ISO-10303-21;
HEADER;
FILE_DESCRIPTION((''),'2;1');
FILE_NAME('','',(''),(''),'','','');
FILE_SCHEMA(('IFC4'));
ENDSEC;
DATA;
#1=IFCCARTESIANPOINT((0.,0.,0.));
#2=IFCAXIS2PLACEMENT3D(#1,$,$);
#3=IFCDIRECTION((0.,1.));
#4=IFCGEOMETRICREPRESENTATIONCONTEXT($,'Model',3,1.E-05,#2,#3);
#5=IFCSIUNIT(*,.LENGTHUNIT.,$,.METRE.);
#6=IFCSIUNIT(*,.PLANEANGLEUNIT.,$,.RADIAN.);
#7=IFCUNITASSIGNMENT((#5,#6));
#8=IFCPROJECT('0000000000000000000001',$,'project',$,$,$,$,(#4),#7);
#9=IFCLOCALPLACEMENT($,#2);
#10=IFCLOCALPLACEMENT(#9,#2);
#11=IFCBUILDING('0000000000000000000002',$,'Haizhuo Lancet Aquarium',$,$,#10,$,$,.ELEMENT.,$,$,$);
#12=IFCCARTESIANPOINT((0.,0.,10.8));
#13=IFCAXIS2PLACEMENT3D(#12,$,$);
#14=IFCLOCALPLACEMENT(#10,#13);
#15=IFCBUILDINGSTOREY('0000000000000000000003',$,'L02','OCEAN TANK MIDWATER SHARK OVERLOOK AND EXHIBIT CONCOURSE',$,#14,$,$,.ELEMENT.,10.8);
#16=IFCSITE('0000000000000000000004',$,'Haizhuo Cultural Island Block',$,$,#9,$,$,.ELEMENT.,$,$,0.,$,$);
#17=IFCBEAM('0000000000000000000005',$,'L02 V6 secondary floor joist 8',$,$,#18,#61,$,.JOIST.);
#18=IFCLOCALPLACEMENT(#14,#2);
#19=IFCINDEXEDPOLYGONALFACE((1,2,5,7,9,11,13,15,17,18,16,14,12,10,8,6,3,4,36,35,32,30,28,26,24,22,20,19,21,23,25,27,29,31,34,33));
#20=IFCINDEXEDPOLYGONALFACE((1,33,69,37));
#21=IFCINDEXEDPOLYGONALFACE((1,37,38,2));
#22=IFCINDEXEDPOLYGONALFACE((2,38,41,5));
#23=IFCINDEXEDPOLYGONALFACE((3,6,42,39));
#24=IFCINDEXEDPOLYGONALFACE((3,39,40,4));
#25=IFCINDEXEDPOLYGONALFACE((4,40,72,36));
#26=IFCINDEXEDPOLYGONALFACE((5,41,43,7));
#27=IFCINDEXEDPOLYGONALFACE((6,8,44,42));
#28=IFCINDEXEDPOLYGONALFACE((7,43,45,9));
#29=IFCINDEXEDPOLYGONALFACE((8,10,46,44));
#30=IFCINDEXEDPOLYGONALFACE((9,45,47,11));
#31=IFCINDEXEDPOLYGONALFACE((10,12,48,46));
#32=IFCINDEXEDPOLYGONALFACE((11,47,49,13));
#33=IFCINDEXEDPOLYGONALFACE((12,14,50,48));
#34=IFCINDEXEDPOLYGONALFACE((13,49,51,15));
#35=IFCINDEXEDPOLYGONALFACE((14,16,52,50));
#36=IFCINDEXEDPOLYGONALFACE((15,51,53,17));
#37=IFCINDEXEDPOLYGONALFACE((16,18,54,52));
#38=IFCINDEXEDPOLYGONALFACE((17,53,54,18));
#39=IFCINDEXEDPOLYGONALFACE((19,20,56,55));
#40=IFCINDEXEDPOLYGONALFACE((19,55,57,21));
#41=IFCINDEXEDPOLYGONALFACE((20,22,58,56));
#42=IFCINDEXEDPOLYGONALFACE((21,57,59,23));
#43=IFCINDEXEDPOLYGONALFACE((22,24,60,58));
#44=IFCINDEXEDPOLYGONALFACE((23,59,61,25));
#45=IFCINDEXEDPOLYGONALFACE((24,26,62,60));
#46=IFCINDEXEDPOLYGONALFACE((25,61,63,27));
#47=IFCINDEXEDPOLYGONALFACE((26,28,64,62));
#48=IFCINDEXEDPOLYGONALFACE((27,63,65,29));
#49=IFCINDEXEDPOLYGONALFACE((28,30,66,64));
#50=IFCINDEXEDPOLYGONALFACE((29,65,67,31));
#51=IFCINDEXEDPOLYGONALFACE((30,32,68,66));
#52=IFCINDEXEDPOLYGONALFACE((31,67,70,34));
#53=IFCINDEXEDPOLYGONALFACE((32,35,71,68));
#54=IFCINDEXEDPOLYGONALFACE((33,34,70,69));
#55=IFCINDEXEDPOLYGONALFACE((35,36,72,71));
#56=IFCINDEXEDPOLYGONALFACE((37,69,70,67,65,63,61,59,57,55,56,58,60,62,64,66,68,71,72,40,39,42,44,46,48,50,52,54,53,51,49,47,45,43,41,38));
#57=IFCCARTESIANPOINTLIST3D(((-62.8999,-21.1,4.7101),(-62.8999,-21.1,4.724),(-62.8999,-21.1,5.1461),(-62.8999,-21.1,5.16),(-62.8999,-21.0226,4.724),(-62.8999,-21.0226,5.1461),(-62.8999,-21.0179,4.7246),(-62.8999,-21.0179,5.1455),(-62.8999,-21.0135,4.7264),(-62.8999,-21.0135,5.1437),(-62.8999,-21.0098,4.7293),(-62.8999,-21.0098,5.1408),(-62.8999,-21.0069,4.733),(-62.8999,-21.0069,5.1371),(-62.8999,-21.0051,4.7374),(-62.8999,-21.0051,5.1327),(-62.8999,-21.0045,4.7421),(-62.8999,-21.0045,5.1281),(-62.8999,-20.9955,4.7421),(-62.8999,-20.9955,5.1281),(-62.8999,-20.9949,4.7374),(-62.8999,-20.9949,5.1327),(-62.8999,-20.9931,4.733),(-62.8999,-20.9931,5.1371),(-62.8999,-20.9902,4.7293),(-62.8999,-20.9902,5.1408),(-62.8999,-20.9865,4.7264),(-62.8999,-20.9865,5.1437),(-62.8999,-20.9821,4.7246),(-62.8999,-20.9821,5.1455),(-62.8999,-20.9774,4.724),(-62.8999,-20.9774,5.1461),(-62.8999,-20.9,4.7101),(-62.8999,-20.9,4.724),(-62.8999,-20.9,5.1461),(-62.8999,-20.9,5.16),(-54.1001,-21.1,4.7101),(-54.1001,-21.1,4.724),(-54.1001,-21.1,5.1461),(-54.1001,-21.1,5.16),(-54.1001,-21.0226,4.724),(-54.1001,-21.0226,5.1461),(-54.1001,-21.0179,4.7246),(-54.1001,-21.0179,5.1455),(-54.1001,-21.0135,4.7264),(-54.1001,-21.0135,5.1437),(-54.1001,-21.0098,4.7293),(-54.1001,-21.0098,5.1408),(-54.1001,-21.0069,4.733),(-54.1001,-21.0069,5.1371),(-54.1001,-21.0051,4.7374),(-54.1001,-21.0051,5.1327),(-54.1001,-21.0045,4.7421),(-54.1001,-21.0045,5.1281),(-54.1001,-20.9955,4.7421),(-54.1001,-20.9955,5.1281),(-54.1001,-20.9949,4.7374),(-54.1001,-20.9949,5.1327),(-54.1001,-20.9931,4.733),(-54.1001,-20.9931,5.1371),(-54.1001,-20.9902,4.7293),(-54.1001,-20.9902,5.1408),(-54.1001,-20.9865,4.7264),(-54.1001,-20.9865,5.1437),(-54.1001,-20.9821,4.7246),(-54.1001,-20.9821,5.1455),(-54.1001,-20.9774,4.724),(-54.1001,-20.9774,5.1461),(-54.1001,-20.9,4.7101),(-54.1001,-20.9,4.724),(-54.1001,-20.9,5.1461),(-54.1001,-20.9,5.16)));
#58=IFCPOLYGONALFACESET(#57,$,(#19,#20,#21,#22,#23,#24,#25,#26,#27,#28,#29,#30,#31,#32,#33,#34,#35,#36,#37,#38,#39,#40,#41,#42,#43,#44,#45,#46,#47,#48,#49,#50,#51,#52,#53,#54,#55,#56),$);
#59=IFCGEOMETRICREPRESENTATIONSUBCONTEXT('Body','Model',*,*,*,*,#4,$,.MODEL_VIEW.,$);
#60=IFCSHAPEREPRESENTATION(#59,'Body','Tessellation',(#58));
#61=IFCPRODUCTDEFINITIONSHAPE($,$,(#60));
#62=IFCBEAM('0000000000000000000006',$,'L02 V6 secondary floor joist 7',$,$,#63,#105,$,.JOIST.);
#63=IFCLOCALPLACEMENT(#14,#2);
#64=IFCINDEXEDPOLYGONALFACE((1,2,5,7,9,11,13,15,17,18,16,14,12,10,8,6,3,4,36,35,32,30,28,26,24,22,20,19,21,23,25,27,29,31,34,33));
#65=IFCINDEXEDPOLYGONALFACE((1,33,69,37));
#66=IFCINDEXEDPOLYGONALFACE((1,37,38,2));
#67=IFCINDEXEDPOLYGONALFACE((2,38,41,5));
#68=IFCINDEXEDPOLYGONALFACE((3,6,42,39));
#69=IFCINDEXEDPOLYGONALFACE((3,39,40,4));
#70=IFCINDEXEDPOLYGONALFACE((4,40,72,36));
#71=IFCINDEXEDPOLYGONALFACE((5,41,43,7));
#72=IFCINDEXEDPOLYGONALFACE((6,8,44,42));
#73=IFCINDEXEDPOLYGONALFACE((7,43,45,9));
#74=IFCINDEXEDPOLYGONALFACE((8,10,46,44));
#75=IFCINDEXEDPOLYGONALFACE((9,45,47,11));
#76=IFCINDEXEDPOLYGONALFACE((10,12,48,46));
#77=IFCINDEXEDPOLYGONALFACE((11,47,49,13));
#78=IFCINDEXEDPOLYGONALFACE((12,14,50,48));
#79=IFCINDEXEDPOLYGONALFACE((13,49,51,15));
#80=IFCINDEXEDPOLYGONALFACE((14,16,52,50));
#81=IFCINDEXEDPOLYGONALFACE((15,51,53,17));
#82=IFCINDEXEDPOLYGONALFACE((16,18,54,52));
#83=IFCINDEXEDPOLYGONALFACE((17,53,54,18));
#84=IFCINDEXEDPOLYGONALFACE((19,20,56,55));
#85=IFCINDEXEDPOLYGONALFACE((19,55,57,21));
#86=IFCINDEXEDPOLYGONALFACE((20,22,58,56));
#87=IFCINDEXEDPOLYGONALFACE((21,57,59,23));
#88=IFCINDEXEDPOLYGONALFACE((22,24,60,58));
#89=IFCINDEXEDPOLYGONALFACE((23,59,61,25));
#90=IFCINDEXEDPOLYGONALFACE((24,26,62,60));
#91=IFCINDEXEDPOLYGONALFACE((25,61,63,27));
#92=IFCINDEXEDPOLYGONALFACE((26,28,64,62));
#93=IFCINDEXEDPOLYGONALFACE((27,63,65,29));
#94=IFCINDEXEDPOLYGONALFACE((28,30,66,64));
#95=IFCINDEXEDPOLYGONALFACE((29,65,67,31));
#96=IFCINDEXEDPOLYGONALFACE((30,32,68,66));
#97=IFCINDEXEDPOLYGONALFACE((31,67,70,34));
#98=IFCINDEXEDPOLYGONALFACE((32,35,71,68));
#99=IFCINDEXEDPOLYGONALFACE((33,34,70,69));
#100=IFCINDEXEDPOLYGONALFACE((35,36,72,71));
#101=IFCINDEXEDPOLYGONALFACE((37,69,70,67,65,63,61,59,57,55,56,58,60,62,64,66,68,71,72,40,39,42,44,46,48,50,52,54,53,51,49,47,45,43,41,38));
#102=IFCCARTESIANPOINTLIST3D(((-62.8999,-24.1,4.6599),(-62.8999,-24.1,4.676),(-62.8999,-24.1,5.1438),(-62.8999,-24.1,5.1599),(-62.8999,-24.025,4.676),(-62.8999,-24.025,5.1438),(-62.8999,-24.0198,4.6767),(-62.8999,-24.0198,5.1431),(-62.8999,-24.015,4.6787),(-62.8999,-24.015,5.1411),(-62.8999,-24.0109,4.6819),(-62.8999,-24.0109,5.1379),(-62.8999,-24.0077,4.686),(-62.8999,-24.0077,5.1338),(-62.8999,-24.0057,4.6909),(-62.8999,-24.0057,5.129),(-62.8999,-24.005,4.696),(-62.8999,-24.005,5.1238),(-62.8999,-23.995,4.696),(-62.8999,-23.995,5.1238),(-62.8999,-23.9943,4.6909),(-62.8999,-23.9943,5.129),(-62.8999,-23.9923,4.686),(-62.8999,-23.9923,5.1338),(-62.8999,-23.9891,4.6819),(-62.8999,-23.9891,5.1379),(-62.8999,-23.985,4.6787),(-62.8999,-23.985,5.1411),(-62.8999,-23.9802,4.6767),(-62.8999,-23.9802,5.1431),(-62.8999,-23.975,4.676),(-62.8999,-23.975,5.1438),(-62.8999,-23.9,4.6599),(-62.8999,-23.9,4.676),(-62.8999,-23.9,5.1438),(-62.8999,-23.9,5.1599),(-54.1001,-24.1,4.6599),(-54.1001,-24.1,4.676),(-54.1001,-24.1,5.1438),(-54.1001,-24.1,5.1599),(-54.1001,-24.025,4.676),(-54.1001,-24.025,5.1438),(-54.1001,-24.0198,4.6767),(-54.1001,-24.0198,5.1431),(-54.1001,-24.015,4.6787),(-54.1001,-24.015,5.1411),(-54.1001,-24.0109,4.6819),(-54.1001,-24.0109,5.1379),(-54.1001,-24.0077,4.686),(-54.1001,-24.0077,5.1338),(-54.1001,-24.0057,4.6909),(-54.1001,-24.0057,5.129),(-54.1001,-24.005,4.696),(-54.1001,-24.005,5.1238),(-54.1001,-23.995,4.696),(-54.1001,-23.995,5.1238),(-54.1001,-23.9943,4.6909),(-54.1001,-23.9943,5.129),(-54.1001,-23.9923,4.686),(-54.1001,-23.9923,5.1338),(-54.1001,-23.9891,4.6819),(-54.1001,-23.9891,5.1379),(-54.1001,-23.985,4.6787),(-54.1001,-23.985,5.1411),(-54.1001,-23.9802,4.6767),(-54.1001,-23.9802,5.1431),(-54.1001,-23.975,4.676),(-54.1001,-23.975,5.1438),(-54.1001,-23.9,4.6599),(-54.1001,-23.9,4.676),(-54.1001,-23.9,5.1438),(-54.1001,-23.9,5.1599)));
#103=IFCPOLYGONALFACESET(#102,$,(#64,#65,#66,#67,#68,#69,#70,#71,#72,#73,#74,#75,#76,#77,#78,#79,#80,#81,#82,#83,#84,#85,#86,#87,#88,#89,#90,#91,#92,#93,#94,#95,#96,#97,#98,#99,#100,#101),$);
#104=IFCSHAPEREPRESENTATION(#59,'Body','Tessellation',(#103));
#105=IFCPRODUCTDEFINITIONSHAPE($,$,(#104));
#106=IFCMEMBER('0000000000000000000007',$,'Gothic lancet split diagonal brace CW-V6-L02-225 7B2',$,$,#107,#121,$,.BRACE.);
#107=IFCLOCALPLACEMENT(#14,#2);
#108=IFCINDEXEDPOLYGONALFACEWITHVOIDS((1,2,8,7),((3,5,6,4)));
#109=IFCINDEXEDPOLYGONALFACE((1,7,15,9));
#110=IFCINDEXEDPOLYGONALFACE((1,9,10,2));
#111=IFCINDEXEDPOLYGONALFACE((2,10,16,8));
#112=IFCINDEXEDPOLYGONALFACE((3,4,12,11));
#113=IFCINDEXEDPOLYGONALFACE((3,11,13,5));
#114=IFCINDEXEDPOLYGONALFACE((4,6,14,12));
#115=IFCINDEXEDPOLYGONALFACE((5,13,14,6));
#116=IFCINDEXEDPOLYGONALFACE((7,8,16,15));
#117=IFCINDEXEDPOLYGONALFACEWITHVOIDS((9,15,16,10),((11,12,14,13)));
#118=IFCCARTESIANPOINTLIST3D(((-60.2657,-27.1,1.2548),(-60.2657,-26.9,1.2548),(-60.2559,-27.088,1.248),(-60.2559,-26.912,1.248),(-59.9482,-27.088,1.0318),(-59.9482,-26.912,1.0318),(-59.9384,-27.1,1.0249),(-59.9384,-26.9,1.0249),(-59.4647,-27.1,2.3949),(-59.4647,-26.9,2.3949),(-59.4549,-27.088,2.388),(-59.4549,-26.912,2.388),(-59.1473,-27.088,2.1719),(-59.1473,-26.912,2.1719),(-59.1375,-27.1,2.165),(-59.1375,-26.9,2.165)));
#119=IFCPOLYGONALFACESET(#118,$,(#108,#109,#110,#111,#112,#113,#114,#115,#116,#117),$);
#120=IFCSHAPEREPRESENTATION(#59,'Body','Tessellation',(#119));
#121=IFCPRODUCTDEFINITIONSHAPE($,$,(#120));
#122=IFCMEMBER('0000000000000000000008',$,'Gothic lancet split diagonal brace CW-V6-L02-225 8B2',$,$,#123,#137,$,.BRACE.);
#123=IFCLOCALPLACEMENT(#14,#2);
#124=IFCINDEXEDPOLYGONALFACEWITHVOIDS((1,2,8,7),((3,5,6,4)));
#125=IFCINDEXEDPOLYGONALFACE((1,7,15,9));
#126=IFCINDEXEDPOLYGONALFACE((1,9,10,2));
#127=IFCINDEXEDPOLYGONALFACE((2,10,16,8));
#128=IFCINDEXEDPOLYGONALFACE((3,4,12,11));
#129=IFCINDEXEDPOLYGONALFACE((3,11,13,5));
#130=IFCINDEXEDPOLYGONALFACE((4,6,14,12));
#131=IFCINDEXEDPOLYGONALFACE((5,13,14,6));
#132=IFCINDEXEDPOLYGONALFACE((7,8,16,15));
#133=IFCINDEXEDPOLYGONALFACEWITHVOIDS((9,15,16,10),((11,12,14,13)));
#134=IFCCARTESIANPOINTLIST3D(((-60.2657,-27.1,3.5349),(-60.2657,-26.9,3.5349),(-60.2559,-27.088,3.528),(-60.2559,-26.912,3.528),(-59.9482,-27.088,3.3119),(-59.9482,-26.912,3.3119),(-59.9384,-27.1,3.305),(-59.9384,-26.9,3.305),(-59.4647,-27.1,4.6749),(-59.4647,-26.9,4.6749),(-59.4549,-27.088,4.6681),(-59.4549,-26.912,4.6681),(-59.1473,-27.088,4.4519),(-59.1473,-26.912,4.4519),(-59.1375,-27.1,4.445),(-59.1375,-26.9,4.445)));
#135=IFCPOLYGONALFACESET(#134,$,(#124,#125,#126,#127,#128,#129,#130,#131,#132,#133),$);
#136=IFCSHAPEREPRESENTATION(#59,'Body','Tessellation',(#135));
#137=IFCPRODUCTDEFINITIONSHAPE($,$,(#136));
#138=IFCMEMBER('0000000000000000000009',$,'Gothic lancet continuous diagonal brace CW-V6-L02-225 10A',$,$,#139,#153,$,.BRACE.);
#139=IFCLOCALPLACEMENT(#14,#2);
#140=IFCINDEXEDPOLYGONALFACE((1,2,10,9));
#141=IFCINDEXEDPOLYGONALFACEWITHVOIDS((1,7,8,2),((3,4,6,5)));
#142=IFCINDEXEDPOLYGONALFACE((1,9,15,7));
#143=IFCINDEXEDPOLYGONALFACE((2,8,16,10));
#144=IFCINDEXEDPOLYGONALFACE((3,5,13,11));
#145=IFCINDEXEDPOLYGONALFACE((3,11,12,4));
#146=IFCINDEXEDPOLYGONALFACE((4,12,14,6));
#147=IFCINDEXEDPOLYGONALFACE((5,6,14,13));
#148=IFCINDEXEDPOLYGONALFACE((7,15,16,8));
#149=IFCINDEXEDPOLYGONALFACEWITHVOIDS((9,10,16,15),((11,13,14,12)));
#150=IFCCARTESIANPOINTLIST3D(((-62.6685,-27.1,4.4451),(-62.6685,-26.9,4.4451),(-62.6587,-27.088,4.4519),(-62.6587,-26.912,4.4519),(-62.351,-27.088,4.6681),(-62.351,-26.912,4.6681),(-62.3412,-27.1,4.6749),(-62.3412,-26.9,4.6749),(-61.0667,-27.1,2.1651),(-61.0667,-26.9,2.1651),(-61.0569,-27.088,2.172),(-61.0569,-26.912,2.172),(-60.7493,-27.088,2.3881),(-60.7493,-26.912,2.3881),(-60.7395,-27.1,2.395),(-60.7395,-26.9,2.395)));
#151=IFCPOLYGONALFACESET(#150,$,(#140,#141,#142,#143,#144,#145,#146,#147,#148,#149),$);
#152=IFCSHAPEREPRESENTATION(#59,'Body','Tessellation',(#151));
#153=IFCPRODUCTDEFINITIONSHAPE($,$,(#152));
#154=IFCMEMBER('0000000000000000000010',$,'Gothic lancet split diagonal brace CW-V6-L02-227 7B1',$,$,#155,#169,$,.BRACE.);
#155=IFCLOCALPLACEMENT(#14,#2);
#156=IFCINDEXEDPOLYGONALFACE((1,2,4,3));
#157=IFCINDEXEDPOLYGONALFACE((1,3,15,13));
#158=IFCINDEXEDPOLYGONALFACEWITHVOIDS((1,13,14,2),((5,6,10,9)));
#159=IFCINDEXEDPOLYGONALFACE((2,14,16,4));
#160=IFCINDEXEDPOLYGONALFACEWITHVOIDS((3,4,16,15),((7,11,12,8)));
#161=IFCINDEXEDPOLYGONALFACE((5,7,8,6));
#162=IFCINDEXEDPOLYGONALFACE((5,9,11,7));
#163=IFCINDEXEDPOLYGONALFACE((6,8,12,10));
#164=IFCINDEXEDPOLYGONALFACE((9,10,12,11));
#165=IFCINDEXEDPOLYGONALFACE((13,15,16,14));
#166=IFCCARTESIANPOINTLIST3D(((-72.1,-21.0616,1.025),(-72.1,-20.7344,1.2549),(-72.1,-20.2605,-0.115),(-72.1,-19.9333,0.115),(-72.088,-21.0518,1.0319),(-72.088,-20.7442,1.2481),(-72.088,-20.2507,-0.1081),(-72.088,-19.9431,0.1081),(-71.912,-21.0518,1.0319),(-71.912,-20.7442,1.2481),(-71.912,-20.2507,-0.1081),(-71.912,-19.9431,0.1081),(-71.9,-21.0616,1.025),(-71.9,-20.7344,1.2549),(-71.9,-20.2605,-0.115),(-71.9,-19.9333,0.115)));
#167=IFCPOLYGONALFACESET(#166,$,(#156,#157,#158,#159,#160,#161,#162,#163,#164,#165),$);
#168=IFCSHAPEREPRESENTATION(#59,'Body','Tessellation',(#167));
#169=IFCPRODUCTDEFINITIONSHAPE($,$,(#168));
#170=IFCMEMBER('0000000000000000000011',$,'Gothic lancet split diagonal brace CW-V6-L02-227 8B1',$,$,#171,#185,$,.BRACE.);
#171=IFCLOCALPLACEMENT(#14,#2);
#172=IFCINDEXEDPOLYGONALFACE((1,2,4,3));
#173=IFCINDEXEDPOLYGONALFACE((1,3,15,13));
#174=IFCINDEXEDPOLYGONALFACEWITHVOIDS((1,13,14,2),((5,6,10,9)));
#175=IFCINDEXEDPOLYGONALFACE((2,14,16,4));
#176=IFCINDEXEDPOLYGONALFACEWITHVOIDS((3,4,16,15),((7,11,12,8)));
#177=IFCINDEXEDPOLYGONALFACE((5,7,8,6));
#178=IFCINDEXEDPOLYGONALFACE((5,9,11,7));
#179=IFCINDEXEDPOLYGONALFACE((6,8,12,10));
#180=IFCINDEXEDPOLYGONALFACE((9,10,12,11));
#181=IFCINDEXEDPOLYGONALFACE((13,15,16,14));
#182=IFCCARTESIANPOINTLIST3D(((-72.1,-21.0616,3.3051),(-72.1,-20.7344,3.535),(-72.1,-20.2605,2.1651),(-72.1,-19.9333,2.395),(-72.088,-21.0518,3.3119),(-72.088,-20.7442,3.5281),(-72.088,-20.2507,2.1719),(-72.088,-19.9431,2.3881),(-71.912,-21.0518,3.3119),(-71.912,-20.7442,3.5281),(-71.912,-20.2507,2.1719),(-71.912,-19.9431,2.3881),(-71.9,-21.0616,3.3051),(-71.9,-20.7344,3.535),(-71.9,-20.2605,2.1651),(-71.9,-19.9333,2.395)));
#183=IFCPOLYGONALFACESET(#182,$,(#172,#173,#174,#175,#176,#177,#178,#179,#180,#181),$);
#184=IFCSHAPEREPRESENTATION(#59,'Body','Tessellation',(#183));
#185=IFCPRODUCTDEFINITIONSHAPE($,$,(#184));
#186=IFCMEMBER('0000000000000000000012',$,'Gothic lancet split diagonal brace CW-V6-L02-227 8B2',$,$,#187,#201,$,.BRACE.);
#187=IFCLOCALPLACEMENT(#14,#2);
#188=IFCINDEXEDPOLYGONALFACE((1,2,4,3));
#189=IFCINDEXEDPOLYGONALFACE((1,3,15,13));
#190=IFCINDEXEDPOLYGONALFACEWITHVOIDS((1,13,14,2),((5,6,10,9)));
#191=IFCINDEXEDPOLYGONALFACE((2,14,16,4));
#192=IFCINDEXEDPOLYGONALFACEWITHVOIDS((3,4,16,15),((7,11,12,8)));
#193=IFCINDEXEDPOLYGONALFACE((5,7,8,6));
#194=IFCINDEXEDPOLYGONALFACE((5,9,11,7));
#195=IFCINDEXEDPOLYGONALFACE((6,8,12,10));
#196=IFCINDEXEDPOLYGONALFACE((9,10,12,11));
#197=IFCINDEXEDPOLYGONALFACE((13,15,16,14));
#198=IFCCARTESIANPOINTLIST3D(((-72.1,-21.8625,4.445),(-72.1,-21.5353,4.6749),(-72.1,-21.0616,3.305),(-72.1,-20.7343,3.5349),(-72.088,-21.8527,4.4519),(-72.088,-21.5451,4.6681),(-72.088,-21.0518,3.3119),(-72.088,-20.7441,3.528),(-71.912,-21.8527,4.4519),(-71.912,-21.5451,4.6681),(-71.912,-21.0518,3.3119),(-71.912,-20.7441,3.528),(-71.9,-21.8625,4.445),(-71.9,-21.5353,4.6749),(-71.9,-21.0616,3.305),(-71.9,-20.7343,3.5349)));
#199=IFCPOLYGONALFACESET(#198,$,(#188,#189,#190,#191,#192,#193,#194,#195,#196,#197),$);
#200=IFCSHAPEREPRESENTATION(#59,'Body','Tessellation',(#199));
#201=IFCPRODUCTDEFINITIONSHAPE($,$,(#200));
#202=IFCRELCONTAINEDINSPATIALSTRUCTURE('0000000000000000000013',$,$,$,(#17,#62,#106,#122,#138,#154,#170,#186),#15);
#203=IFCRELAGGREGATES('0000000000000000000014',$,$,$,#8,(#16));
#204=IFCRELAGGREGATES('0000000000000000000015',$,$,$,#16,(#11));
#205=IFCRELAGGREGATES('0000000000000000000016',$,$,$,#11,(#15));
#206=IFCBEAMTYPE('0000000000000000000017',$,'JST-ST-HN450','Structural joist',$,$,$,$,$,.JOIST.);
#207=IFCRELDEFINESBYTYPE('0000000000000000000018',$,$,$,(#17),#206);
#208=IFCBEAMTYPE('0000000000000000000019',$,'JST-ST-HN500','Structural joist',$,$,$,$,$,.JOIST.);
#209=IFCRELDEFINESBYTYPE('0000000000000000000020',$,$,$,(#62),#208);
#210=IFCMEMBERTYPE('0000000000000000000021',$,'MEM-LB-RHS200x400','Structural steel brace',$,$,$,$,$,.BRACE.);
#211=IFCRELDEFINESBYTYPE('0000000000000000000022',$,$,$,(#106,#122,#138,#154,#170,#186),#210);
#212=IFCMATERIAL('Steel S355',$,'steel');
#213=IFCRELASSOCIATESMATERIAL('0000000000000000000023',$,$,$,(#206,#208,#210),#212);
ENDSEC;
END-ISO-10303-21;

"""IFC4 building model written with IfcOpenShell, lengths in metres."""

from ifc_helpers import new_model, si_unit, direction, frame, origin, origin_2d, place, context, subcontext, project, spatial, hollow_rectangle, i_section, extrude, material, material_profile, profile_set, type_object, element, save


model = new_model("IFC4")

# Units and contexts
model_context = context("Model", 3, precision=1e-05, world=origin(), true_north=direction((0.0, 1.0)))
body_context = subcontext(model_context, "Body", "Model", "MODEL_VIEW")
ifc_project = project(units=[si_unit("LENGTHUNIT", "METRE"), si_unit("PLANEANGLEUNIT", "RADIAN")], contexts=[model_context])

# Site, building, storey
site_placement = place(None, origin())
site = spatial("IfcSite", under=ifc_project, at=site_placement, Name="Haizhuo Cultural Island Block", CompositionType="ELEMENT", RefElevation=0.0)
building_placement = place(site_placement, origin())
building = spatial("IfcBuilding", under=site, at=building_placement, Name="Haizhuo Lancet Aquarium", CompositionType="ELEMENT")
storey_placement = place(building_placement, frame((0.0, 0.0, 10.8)))
storey = spatial("IfcBuildingStorey", under=building, at=storey_placement, Name="L02", Description="OCEAN TANK MIDWATER SHARK OVERLOOK AND EXHIBIT CONCOURSE", CompositionType="ELEMENT", Elevation=10.8)

# Beams
ifc_material_1 = material(Name="Steel S355", Category="steel")
ifc_material_profile_1 = material_profile(ifc_material_1, i_section(OverallWidth=0.2, OverallDepth=0.45, WebThickness=0.009, FlangeThickness=0.0139, FilletRadius=0.0181, at=origin_2d()), Name="HN 450x200x9x14")
ifc_profile_set_1 = profile_set([ifc_material_profile_1], Name="Steel S355")
beam_type_1 = type_object("IfcBeamType", Name="JST-ST-HN450", Description="Structural joist", PredefinedType="JOIST", material=ifc_profile_set_1)
for number, where, z_axis, x_axis, name in (
    (1, (-62.8999, -21.0, 4.9351), (1.0, 0.0, 0.0), (0.0, 1.0, 0.0), "L02 V6 secondary floor joist 8"),
):
    element("IfcBeam", number, at=place(storey_placement, frame(where, z_axis=z_axis, x_axis=x_axis)), inside=storey, type_object=beam_type_1, Name=name, PredefinedType="JOIST", context=body_context, shape_type="SweptSolid", body=[
        extrude(i_section(OverallWidth=0.2, OverallDepth=0.45, WebThickness=0.009, FlangeThickness=0.0139, FilletRadius=0.0181, at=origin_2d()), origin(), (0.0, 0.0, 1.0), 8.7998),
    ])
ifc_material_profile_2 = material_profile(ifc_material_1, i_section(OverallWidth=0.2, OverallDepth=0.5, WebThickness=0.01, FlangeThickness=0.0161, FilletRadius=0.02, at=origin_2d()), Name="HN 500x200x10x16")
ifc_profile_set_2 = profile_set([ifc_material_profile_2], Name="Steel S355")
beam_type_2 = type_object("IfcBeamType", Name="JST-ST-HN500", Description="Structural joist", PredefinedType="JOIST", material=ifc_profile_set_2)
beam_1_placement = place(storey_placement, frame((-62.8999, -24.0, 4.9099), z_axis=(1.0, 0.0, 0.0), x_axis=(0.0, 1.0, 0.0)))
element("IfcBeam", 2, at=beam_1_placement, inside=storey, type_object=beam_type_2, Name="L02 V6 secondary floor joist 7", PredefinedType="JOIST", context=body_context, shape_type="SweptSolid", body=[
    extrude(i_section(OverallWidth=0.2, OverallDepth=0.5, WebThickness=0.01, FlangeThickness=0.0161, FilletRadius=0.02, at=origin_2d()), origin(), (0.0, 0.0, 1.0), 8.7998),
])

# Members
ifc_material_profile_3 = material_profile(ifc_material_1, hollow_rectangle(XDim=0.2, YDim=0.3999, WallThickness=0.012, at=origin_2d()), Name="RHS 200x400x12")
ifc_profile_set_3 = profile_set([ifc_material_profile_3], Name="Steel S355")
member_type_1 = type_object("IfcMemberType", Name="MEM-LB-RHS200x400", Description="Structural steel brace", PredefinedType="BRACE", material=ifc_profile_set_3)
for number, where, z_axis, x_axis, name in (
    (3, (-60.1021, -27.0, 1.1399), (0.574873, 0.0, 0.818243), (0.0, 1.0, 0.0), "Gothic lancet split diagonal brace CW-V6-L02-225 7B2"),
    (4, (-60.1021, -27.0, 3.4199), (0.574873, 0.0, 0.818243), (0.0, 1.0, 0.0), "Gothic lancet split diagonal brace CW-V6-L02-225 8B2"),
):
    element("IfcMember", number, at=place(storey_placement, frame(where, z_axis=z_axis, x_axis=x_axis)), inside=storey, type_object=member_type_1, Name=name, PredefinedType="BRACE", context=body_context, shape_type="SweptSolid", body=[
        extrude(hollow_rectangle(XDim=0.2, YDim=0.3999, WallThickness=0.012, at=origin_2d()), origin(), (0.0, 0.0, 1.0), 1.3933),
    ])
member_1_placement = place(storey_placement, frame((-60.9031, -27.0, 2.28), z_axis=(-0.574855, 0.0, 0.818255), x_axis=(0.0, -1.0, 0.0)))
element("IfcMember", 5, at=member_1_placement, inside=storey, type_object=member_type_1, Name="Gothic lancet continuous diagonal brace CW-V6-L02-225 10A", PredefinedType="BRACE", context=body_context, shape_type="SweptSolid", body=[
    extrude(hollow_rectangle(XDim=0.2, YDim=0.3999, WallThickness=0.012, at=origin_2d()), origin(), (0.0, 0.0, 1.0), 2.7864),
])
for number, where, z_axis, x_axis, name in (
    (6, (-72.0, -20.0969, 0.0), (0.0, -0.574955, 0.818185), (1.0, 0.0, 0.0), "Gothic lancet split diagonal brace CW-V6-L02-227 7B1"),
    (7, (-72.0, -20.0969, 2.28), (0.0, -0.574955, 0.818185), (1.0, 0.0, 0.0), "Gothic lancet split diagonal brace CW-V6-L02-227 8B1"),
    (8, (-72.0, -20.8979, 3.4199), (0.0, -0.574873, 0.818243), (1.0, 0.0, 0.0), "Gothic lancet split diagonal brace CW-V6-L02-227 8B2"),
):
    element("IfcMember", number, at=place(storey_placement, frame(where, z_axis=z_axis, x_axis=x_axis)), inside=storey, type_object=member_type_1, Name=name, PredefinedType="BRACE", context=body_context, shape_type="SweptSolid", body=[
        extrude(hollow_rectangle(XDim=0.2, YDim=0.3999, WallThickness=0.012, at=origin_2d()), origin(), (0.0, 0.0, 1.0), 1.3933),
    ])

save(model, "model.ifc")
